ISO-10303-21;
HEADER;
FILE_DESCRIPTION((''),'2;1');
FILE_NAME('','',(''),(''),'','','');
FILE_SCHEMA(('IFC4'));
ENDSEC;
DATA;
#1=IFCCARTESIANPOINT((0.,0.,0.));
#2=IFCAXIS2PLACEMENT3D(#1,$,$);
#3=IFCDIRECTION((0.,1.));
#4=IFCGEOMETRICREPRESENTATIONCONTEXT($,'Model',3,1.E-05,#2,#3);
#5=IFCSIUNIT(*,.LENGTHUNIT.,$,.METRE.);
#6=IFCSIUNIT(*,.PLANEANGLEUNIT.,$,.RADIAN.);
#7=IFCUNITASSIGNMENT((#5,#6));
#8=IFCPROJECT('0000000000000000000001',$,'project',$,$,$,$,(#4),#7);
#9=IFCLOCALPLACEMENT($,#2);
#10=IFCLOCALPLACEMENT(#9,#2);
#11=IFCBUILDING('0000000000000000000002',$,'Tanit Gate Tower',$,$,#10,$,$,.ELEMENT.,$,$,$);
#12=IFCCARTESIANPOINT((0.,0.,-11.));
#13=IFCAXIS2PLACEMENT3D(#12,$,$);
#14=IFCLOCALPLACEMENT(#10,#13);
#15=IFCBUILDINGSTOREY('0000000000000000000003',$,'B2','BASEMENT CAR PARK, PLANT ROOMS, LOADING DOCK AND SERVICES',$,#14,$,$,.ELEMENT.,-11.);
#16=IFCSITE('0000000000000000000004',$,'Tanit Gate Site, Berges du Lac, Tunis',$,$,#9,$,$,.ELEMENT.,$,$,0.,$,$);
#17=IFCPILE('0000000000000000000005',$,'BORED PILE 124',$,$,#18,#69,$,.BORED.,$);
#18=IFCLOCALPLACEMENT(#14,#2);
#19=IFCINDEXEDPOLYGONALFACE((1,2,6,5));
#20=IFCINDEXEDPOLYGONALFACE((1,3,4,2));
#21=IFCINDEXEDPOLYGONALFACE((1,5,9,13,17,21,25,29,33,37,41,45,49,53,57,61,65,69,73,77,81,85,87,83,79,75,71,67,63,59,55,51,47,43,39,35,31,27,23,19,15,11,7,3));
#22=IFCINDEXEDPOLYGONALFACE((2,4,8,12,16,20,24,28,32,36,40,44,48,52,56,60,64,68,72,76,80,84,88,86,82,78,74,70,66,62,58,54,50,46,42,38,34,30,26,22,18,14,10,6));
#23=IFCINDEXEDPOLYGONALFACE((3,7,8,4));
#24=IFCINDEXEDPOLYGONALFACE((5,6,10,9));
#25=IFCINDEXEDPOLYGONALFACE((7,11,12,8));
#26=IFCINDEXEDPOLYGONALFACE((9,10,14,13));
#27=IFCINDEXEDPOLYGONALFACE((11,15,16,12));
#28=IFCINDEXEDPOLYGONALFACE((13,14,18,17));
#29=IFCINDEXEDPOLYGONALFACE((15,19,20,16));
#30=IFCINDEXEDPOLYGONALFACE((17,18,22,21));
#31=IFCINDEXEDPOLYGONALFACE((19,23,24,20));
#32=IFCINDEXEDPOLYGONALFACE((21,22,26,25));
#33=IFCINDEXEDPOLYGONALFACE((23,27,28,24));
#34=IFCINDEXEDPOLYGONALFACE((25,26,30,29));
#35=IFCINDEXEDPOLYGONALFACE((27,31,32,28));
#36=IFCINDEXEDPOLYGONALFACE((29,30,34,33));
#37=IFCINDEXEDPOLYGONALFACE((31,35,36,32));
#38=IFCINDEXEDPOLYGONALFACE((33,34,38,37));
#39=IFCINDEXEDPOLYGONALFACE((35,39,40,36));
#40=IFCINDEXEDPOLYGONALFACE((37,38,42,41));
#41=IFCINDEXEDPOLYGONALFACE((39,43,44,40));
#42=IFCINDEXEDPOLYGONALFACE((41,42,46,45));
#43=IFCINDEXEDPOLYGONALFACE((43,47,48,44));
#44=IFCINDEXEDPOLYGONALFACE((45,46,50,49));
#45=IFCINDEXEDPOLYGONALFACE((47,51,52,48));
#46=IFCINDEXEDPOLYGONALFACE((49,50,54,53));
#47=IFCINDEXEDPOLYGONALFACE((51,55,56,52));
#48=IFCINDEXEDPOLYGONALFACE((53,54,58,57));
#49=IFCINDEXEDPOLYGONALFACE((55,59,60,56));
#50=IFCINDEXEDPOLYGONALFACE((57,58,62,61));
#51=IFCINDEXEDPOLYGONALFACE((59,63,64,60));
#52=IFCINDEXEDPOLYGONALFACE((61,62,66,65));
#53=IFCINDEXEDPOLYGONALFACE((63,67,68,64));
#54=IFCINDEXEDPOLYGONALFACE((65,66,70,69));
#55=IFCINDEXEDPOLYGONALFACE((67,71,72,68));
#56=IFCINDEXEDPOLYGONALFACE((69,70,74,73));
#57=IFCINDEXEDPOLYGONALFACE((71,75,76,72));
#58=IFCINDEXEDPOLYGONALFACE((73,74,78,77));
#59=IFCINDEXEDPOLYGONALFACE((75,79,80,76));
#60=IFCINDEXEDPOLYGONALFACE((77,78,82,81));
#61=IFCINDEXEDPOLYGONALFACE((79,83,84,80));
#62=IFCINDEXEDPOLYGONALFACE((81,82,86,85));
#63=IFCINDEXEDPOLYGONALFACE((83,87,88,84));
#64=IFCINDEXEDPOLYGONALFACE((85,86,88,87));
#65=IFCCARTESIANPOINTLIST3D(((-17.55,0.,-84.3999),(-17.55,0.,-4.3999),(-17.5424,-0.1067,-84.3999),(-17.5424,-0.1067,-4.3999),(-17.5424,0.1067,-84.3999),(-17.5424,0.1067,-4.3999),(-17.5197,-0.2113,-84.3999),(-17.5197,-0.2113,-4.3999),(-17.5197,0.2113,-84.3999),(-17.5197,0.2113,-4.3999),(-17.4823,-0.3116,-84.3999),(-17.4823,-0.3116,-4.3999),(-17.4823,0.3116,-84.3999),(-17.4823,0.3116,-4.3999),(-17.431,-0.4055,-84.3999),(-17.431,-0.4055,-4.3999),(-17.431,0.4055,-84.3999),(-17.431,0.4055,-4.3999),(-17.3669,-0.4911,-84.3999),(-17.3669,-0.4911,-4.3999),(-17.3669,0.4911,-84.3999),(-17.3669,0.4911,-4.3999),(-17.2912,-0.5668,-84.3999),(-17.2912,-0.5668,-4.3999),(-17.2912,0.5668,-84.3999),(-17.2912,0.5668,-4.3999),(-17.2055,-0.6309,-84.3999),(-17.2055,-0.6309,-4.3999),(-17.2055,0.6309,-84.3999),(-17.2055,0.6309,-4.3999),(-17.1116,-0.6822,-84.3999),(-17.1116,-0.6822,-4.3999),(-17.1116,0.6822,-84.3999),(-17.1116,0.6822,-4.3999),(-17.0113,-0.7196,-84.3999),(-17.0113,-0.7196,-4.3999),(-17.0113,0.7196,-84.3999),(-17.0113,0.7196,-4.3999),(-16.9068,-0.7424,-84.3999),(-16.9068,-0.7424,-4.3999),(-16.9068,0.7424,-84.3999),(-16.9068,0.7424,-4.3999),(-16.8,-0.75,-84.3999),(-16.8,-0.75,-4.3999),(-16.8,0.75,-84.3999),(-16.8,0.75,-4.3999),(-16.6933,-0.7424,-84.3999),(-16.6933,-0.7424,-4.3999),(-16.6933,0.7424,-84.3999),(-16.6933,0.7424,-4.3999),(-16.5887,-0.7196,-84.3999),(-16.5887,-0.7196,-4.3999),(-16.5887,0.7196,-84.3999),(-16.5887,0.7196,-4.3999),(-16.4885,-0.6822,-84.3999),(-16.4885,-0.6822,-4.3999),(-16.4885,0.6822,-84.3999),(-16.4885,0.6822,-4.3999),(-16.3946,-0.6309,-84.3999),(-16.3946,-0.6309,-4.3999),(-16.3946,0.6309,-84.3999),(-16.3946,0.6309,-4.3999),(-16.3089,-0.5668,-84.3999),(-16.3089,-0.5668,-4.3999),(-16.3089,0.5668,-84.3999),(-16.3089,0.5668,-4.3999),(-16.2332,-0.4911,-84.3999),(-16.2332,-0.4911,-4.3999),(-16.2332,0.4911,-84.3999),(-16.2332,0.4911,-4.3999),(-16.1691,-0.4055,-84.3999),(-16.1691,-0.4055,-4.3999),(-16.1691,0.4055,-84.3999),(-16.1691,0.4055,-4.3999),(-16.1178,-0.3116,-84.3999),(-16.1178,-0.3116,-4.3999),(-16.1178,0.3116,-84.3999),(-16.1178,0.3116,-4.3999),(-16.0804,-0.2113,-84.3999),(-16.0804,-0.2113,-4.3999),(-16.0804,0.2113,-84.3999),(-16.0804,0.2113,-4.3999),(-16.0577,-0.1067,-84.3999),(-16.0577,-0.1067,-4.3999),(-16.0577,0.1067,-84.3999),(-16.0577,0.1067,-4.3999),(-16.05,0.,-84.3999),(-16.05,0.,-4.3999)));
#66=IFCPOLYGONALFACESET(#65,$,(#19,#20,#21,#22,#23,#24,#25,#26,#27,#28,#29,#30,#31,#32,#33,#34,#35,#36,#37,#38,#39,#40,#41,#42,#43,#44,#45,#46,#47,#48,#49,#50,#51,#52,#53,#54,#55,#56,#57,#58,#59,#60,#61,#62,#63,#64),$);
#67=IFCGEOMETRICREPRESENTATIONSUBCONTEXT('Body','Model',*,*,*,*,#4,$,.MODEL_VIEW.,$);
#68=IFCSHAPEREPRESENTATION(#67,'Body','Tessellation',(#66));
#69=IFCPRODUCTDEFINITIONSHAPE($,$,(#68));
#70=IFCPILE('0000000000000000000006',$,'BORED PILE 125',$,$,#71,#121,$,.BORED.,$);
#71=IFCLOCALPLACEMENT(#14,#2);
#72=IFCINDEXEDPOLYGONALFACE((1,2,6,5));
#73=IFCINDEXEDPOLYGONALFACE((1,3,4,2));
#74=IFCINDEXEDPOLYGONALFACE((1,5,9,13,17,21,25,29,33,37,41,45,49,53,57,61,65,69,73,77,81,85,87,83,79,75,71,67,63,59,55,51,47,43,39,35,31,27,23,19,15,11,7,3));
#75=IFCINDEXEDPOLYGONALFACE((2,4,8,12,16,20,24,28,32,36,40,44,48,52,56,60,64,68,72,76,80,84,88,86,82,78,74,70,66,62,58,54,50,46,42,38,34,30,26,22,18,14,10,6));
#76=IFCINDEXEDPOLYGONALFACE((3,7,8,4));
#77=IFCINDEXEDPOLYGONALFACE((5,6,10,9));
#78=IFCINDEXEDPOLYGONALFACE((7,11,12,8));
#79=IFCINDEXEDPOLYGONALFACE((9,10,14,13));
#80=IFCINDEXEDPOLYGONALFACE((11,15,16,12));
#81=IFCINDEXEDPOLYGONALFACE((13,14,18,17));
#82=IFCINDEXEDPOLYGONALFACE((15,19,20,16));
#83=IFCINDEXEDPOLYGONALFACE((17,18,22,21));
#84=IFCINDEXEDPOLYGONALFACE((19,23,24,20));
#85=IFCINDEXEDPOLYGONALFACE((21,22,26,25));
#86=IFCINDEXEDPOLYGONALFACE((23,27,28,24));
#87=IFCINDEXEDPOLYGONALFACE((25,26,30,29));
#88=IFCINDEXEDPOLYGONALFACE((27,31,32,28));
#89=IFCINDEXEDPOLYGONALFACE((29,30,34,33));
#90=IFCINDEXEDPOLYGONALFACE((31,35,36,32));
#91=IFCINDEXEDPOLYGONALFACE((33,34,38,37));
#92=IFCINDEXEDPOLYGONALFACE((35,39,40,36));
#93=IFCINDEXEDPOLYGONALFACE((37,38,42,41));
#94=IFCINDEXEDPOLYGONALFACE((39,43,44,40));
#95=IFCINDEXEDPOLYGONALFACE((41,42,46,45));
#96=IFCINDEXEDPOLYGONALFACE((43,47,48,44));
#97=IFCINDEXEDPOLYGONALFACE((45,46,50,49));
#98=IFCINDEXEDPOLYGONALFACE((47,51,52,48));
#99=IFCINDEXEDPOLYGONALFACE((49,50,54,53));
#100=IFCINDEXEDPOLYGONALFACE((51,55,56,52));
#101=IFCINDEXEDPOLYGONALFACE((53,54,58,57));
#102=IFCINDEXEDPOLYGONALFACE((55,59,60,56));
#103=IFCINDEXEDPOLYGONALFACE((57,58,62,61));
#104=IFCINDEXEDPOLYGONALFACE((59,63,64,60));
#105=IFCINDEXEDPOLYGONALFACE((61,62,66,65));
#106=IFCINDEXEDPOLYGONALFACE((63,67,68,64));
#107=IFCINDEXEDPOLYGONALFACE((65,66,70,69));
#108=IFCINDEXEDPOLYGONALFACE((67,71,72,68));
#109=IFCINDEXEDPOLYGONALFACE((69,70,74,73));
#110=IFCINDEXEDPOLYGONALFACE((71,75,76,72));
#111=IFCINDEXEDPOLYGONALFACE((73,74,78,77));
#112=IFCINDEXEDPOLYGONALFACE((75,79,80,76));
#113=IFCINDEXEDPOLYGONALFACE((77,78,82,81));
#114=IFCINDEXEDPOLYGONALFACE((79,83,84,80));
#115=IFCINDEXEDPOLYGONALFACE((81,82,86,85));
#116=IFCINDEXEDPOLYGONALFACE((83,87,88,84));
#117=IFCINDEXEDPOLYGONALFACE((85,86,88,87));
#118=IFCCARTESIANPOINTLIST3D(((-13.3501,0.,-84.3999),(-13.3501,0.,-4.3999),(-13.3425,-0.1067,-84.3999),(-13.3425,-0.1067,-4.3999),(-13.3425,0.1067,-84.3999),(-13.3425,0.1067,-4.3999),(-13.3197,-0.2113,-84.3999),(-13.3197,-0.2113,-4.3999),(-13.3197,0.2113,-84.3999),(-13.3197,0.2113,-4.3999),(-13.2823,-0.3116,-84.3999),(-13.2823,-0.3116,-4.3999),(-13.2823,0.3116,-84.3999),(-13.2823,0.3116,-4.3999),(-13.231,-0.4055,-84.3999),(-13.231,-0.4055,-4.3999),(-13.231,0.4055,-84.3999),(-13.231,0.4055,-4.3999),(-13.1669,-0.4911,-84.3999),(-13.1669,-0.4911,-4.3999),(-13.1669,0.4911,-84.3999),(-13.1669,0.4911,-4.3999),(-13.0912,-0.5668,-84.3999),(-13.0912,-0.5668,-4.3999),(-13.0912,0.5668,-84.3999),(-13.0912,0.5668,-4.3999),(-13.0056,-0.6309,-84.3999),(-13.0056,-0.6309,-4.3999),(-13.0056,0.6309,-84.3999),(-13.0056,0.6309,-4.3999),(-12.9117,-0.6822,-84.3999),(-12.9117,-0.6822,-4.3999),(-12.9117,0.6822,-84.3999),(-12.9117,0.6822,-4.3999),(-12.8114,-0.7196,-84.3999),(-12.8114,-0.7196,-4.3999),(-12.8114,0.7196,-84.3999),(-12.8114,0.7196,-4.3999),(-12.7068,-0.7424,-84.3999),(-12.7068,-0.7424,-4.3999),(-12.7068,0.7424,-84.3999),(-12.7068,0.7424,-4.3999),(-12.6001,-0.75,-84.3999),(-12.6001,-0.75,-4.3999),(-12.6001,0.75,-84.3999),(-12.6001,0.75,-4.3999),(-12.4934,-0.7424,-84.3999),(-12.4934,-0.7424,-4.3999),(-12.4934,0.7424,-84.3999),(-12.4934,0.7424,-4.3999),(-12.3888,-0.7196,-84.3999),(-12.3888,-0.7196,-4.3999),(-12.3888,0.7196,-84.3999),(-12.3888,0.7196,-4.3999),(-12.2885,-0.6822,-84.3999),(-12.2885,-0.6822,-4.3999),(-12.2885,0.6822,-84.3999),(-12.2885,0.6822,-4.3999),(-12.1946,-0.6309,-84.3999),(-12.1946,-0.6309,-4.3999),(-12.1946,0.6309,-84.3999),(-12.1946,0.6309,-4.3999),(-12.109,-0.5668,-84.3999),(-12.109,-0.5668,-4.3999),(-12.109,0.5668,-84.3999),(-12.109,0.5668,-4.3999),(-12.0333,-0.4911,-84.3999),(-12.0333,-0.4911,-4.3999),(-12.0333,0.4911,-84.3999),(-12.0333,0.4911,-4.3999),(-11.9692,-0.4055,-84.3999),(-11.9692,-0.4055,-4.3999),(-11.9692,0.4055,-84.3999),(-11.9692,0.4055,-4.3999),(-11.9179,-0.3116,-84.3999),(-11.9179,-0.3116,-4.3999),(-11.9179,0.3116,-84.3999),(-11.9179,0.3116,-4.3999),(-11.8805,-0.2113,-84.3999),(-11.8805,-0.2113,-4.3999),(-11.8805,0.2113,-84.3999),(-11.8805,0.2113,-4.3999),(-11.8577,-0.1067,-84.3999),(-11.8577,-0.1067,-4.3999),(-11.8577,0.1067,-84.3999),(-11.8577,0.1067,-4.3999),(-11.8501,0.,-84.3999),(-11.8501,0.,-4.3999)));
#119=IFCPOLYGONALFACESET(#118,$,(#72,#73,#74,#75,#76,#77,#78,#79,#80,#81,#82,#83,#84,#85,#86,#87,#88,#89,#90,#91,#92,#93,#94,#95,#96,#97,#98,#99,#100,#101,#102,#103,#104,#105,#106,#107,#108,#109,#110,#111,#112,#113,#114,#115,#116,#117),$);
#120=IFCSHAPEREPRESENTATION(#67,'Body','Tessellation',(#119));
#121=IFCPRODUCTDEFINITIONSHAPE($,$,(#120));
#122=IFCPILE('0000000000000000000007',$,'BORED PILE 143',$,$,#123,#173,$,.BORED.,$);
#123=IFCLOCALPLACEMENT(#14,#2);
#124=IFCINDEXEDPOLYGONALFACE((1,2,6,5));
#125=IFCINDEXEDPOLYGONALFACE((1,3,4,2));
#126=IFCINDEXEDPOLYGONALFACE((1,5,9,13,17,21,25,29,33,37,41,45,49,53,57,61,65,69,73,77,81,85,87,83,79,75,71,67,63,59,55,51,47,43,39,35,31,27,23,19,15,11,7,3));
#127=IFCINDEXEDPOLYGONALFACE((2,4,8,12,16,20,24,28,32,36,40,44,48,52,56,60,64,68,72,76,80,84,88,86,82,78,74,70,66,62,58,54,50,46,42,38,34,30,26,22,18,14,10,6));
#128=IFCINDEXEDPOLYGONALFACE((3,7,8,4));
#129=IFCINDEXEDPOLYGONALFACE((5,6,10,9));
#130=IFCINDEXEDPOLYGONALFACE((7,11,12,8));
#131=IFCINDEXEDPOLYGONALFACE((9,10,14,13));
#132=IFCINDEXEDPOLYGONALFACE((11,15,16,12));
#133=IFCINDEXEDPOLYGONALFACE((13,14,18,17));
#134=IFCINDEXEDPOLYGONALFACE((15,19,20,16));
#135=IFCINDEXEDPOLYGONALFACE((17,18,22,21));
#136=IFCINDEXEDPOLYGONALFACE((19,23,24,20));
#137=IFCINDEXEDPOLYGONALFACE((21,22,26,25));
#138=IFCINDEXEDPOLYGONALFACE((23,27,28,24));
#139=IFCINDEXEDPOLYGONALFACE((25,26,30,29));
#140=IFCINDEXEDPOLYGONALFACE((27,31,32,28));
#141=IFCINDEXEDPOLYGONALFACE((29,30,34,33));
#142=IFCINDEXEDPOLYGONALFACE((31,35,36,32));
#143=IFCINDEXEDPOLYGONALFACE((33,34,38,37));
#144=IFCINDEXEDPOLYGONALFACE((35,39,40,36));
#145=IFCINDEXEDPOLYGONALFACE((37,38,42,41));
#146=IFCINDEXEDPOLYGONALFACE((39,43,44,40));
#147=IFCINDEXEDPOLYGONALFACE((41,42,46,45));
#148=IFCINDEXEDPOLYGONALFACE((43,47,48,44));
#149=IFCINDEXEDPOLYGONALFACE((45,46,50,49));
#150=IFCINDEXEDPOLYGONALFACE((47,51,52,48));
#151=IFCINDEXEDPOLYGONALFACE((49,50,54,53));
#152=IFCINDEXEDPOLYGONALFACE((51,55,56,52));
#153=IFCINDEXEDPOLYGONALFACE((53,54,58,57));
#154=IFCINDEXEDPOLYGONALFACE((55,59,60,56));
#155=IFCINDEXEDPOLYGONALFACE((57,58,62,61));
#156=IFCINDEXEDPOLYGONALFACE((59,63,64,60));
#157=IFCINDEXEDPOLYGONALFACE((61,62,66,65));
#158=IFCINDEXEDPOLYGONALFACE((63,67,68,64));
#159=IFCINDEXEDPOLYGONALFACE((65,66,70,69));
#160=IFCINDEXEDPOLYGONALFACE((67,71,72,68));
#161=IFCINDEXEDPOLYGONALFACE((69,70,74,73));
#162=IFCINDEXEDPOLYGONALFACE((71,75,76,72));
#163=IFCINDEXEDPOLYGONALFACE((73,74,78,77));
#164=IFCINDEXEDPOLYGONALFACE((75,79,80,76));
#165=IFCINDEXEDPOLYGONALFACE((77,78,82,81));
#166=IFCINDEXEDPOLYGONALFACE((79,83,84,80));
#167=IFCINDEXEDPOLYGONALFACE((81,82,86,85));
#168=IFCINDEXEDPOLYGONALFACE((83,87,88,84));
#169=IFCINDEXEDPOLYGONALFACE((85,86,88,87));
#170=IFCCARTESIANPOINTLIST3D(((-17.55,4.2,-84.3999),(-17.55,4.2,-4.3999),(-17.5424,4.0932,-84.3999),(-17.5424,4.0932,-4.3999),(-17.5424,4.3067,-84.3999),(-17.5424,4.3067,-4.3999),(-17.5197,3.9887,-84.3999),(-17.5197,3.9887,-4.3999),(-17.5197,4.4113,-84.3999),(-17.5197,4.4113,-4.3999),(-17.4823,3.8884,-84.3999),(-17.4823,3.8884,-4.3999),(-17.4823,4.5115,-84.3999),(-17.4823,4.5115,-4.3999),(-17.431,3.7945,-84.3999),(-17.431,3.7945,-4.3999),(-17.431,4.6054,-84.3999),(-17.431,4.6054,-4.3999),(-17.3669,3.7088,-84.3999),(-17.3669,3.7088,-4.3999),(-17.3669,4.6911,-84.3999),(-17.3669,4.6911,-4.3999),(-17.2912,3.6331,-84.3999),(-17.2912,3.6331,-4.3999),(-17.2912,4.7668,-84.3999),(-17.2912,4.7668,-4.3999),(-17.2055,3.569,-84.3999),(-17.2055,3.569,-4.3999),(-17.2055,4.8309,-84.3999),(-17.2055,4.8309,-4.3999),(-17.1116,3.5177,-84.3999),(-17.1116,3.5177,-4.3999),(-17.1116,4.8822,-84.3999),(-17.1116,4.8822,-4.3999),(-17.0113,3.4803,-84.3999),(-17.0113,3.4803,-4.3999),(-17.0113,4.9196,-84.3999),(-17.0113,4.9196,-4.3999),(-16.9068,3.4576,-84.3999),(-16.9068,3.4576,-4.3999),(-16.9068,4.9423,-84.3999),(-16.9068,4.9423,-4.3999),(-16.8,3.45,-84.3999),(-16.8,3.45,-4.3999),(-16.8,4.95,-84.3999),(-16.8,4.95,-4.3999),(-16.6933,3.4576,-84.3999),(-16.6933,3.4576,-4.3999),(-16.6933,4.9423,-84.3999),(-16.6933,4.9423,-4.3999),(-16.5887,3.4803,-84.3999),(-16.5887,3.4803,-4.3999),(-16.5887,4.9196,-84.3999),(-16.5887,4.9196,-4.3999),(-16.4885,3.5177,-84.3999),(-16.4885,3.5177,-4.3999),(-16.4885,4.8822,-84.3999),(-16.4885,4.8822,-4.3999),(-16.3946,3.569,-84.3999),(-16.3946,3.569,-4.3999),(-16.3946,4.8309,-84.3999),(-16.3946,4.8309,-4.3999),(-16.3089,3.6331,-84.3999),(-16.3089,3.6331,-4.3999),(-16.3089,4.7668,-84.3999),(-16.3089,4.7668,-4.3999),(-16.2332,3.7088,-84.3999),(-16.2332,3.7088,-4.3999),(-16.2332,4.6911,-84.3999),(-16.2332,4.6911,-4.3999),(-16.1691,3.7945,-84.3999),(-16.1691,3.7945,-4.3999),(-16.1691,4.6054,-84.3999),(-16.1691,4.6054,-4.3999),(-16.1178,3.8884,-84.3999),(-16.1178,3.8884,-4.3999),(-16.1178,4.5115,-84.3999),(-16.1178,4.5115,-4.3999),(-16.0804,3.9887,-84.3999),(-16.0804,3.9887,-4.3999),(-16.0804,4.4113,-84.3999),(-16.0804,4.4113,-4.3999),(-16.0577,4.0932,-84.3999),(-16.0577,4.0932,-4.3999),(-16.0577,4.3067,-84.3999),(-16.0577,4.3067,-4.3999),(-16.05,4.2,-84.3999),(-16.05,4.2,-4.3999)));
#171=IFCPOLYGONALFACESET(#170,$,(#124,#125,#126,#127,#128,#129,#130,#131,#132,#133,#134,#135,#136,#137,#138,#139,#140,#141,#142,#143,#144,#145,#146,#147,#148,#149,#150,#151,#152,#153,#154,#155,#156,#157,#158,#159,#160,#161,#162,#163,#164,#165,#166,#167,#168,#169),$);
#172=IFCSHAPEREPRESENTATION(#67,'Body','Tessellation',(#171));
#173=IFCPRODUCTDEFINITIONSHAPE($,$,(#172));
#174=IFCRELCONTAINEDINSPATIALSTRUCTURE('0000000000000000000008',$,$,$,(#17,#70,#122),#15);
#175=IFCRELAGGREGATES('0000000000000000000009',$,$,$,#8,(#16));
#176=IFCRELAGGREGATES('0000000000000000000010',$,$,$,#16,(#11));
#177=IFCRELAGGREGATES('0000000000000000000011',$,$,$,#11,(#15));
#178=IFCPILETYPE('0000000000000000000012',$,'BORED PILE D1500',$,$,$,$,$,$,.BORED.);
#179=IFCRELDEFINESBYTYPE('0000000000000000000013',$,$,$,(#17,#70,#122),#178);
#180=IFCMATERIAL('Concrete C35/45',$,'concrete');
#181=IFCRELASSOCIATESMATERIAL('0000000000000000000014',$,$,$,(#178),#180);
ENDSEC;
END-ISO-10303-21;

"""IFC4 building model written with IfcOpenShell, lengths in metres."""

from ifc_helpers import new_model, si_unit, direction, frame, origin, origin_2d, place, context, subcontext, project, spatial, circle, extrude, material, material_profile, profile_set, type_object, element, save


model = new_model("IFC4")

# Units and contexts
model_context = context("Model", 3, precision=1e-05, world=origin(), true_north=direction((0.0, 1.0)))
body_context = subcontext(model_context, "Body", "Model", "MODEL_VIEW")
ifc_project = project(units=[si_unit("LENGTHUNIT", "METRE"), si_unit("PLANEANGLEUNIT", "RADIAN")], contexts=[model_context])

# Site, building, storey
site_placement = place(None, origin())
site = spatial("IfcSite", under=ifc_project, at=site_placement, Name="Tanit Gate Site, Berges du Lac, Tunis", CompositionType="ELEMENT", RefElevation=0.0)
building_placement = place(site_placement, origin())
building = spatial("IfcBuilding", under=site, at=building_placement, Name="Tanit Gate Tower", CompositionType="ELEMENT")
storey_placement = place(building_placement, frame((0.0, 0.0, -11.0)))
storey = spatial("IfcBuildingStorey", under=building, at=storey_placement, Name="B2", Description="BASEMENT CAR PARK, PLANT ROOMS, LOADING DOCK AND SERVICES", CompositionType="ELEMENT", Elevation=-11.0)

# Piles
ifc_material_1 = material(Name="Concrete C35/45", Category="concrete")
ifc_material_profile = material_profile(ifc_material_1, circle(Radius=0.75, at=origin_2d()), Name="BORED PILE D1500 C35/45")
ifc_profile_set = profile_set([ifc_material_profile], Name="Concrete C35/45")
pile_type = type_object("IfcPileType", Name="BORED PILE D1500", PredefinedType="BORED", material=ifc_profile_set)
for number, where, z_axis, x_axis, name in (
    (1, (-16.8, 0.0, -4.3999), (0.0, 0.0, -1.0), (1.0, 0.0, 0.0), "BORED PILE 124"),
    (2, (-12.6001, 0.0, -4.3999), (0.0, 0.0, -1.0), (1.0, 0.0, 0.0), "BORED PILE 125"),
    (3, (-16.8, 4.2, -4.3999), (0.0, 0.0, -1.0), (1.0, 0.0, 0.0), "BORED PILE 143"),
):
    element("IfcPile", number, at=place(storey_placement, frame(where, z_axis=z_axis, x_axis=x_axis)), inside=storey, type_object=pile_type, Name=name, PredefinedType="BORED", context=body_context, shape_type="SweptSolid", body=[
        extrude(circle(Radius=0.75, at=origin_2d()), origin(), (0.0, 0.0, 1.0), 80.0),
    ])

save(model, "model.ifc")
